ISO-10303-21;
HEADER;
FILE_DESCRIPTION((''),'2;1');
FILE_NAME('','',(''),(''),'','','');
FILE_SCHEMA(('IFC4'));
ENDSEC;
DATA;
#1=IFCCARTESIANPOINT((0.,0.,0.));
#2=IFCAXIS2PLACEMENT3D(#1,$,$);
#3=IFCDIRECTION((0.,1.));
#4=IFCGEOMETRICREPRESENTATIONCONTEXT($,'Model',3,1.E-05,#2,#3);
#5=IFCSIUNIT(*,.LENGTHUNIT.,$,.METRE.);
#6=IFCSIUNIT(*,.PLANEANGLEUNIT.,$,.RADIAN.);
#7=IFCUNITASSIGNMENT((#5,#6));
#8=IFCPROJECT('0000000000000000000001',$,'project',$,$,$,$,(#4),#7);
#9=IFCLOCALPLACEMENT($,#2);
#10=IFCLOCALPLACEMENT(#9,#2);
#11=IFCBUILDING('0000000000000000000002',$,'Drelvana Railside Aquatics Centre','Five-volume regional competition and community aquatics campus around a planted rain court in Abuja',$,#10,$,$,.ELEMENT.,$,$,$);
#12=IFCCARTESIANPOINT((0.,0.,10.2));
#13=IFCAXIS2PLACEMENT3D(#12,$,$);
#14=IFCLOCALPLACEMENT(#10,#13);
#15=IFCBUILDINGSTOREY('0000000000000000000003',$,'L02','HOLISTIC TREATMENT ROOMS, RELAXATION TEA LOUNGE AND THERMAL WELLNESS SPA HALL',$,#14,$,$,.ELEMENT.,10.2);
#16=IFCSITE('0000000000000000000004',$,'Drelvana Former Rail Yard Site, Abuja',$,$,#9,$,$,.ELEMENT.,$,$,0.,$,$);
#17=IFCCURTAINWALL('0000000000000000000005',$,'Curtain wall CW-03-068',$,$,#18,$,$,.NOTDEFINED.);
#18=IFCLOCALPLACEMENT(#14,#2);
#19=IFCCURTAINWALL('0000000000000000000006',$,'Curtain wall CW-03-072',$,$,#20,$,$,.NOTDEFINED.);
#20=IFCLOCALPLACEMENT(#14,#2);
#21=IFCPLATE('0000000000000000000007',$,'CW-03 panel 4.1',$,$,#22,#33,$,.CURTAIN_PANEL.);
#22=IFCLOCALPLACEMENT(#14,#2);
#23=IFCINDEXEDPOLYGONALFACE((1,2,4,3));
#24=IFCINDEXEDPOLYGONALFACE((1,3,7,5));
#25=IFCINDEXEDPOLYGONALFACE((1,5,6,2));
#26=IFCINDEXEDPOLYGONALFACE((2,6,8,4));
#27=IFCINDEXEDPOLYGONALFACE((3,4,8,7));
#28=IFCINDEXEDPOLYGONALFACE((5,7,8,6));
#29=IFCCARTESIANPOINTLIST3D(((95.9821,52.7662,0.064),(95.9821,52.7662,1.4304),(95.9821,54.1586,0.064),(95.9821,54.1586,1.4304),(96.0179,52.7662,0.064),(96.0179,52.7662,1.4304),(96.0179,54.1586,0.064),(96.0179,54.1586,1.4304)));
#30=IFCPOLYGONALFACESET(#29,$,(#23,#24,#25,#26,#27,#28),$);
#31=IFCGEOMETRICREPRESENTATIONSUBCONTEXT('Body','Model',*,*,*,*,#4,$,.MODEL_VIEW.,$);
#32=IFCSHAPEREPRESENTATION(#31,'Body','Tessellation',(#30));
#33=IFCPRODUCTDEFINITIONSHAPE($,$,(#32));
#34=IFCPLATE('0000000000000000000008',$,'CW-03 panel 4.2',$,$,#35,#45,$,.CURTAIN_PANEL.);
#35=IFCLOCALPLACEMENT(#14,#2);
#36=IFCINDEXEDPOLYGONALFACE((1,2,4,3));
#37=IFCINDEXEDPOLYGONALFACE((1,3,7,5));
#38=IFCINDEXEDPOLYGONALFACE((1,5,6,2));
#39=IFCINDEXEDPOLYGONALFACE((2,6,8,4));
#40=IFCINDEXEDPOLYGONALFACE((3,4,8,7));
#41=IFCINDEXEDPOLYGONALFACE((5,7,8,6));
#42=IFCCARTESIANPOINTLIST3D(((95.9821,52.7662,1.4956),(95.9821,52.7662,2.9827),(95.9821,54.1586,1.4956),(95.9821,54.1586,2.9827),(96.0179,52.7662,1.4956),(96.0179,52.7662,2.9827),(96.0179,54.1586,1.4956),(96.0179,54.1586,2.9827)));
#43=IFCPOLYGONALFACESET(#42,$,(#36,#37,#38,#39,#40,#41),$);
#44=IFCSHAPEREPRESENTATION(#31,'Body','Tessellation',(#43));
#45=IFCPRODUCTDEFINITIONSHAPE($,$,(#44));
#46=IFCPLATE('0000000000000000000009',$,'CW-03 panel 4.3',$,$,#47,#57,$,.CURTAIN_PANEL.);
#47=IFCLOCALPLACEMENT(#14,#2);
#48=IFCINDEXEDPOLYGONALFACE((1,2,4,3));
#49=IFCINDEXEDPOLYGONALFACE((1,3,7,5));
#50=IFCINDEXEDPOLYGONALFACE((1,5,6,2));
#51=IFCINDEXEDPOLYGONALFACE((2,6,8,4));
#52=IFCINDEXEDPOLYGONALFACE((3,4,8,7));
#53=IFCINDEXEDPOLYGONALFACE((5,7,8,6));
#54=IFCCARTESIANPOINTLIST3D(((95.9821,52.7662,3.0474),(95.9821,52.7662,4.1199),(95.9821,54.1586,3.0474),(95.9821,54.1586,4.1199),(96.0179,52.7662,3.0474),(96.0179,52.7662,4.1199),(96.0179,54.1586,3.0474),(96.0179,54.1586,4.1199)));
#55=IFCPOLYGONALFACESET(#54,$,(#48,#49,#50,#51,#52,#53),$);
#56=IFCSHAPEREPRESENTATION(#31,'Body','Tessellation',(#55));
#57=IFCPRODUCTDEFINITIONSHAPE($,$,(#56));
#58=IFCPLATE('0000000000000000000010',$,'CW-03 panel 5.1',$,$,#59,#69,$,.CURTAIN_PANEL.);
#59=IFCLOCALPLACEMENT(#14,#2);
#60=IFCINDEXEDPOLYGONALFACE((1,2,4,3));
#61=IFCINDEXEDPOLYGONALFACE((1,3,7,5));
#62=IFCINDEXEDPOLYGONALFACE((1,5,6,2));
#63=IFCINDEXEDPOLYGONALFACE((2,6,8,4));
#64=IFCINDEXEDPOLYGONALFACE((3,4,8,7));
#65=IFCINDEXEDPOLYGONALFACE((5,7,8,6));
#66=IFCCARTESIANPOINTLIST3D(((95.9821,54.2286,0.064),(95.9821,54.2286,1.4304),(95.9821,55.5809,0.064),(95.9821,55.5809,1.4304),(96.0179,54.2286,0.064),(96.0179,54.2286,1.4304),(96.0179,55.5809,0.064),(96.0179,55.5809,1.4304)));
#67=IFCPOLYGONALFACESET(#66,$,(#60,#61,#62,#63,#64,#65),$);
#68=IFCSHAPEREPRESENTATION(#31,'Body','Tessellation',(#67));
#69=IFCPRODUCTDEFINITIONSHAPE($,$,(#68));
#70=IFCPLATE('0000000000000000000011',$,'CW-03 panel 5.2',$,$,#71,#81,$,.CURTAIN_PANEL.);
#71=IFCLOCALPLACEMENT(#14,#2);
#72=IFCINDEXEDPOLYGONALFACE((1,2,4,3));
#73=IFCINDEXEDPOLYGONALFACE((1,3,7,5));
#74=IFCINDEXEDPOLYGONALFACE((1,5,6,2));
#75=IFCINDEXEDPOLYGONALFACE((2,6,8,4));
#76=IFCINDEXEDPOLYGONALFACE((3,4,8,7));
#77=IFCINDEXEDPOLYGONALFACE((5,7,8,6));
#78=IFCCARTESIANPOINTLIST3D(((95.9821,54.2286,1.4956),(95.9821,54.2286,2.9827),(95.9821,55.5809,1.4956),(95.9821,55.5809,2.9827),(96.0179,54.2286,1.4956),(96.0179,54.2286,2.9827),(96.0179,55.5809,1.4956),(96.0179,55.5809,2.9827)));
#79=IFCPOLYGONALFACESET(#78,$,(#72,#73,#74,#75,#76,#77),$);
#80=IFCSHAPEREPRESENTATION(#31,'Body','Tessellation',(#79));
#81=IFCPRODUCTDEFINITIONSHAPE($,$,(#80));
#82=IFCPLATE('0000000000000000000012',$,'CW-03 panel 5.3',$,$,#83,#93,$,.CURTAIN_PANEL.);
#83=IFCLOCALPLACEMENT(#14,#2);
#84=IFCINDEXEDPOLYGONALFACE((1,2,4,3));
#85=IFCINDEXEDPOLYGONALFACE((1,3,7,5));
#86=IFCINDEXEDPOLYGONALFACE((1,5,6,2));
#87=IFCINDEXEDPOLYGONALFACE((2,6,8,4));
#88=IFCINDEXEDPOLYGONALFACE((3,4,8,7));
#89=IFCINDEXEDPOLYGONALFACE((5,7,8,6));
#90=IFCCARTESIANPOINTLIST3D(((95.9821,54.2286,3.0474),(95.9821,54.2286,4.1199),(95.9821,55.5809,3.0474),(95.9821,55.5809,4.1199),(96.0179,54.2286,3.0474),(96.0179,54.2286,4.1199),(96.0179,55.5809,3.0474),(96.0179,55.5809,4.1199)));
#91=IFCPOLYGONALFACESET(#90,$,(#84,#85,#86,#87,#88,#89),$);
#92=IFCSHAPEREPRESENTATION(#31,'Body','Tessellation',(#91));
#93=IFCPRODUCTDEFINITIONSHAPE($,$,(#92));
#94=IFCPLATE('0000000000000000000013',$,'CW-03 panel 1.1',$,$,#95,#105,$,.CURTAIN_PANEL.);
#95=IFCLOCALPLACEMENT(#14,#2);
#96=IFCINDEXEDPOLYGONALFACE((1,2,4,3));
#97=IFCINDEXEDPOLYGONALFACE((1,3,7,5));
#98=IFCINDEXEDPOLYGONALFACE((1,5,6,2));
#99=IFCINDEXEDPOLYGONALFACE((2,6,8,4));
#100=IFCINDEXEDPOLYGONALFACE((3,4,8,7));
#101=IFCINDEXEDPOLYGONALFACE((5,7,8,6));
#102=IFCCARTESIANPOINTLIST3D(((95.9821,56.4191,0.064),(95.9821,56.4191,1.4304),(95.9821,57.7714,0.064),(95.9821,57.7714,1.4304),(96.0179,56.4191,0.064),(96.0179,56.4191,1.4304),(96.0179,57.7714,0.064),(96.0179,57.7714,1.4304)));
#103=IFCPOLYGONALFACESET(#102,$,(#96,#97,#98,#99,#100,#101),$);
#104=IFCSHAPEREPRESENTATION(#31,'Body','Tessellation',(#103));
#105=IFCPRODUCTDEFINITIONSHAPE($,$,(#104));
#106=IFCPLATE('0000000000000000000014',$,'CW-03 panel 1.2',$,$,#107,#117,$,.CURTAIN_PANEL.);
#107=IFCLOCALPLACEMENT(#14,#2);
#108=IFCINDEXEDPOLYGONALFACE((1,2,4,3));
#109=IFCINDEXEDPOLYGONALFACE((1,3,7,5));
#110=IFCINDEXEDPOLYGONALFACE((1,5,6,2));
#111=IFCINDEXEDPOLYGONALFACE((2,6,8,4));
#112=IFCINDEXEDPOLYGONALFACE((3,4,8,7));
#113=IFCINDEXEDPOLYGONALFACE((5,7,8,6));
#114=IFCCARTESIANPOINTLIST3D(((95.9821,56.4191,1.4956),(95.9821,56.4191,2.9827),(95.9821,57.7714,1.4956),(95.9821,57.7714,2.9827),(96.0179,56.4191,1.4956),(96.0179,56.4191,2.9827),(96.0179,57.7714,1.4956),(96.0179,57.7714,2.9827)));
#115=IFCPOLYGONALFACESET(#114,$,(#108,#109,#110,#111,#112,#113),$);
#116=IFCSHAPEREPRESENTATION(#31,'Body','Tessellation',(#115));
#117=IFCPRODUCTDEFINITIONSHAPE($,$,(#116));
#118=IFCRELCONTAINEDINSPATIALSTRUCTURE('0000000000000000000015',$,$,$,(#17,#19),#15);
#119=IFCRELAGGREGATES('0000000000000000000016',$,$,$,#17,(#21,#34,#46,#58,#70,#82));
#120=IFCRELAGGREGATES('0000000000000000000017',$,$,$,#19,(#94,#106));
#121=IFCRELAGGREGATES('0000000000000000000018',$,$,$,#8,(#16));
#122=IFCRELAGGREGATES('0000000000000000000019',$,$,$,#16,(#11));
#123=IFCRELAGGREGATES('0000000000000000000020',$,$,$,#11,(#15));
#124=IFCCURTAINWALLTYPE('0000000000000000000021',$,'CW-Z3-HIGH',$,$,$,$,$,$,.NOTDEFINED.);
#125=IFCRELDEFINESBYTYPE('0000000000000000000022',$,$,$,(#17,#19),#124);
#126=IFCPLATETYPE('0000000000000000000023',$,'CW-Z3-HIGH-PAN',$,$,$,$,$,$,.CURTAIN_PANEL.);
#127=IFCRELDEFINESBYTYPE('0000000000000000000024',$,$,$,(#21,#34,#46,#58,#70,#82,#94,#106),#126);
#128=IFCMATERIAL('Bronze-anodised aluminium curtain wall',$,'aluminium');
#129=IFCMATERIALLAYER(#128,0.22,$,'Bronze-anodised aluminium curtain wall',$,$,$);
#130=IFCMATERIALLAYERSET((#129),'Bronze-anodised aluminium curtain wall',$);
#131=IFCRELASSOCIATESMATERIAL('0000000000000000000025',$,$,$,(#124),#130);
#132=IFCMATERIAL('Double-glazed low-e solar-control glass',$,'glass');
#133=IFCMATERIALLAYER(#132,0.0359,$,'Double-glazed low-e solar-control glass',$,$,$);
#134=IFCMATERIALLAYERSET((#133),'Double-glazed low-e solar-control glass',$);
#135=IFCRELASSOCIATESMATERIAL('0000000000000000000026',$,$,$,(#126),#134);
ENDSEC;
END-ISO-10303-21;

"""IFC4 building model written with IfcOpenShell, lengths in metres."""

from ifc_helpers import new_model, si_unit, direction, frame, origin, origin_2d, place, context, subcontext, project, spatial, rectangle, extrude, material, layer, layer_set, type_object, element, aggregate, save


model = new_model("IFC4")

# Units and contexts
model_context = context("Model", 3, precision=1e-05, world=origin(), true_north=direction((0.0, 1.0)))
body_context = subcontext(model_context, "Body", "Model", "MODEL_VIEW")
ifc_project = project(units=[si_unit("LENGTHUNIT", "METRE"), si_unit("PLANEANGLEUNIT", "RADIAN")], contexts=[model_context])

# Site, building, storey
site_placement = place(None, origin())
site = spatial("IfcSite", under=ifc_project, at=site_placement, Name="Drelvana Former Rail Yard Site, Abuja", CompositionType="ELEMENT", RefElevation=0.0)
building_placement = place(site_placement, origin())
building = spatial("IfcBuilding", under=site, at=building_placement, Name="Drelvana Railside Aquatics Centre", Description="Five-volume regional competition and community aquatics campus around a planted rain court in Abuja", CompositionType="ELEMENT")
storey_placement = place(building_placement, frame((0.0, 0.0, 10.2)))
storey = spatial("IfcBuildingStorey", under=building, at=storey_placement, Name="L02", Description="HOLISTIC TREATMENT ROOMS, RELAXATION TEA LOUNGE AND THERMAL WELLNESS SPA HALL", CompositionType="ELEMENT", Elevation=10.2)

# Curtain wall
ifc_material_1 = material(Name="Bronze-anodised aluminium curtain wall", Category="aluminium")
ifc_layer_1 = layer(ifc_material_1, 0.22, Name="Bronze-anodised aluminium curtain wall")
ifc_layer_set_1 = layer_set([ifc_layer_1], Name="Bronze-anodised aluminium curtain wall")
curtain_wall_type = type_object("IfcCurtainWallType", Name="CW-Z3-HIGH", PredefinedType="NOTDEFINED", material=ifc_layer_set_1)
curtain_wall_1_placement = place(storey_placement, origin())
curtain_wall_1 = element("IfcCurtainWall", 1, at=curtain_wall_1_placement, inside=storey, type_object=curtain_wall_type, Name="Curtain wall CW-03-068", PredefinedType="NOTDEFINED")

# Curtain wall
curtain_wall_2_placement = place(storey_placement, origin())
curtain_wall_2 = element("IfcCurtainWall", 2, at=curtain_wall_2_placement, inside=storey, type_object=curtain_wall_type, Name="Curtain wall CW-03-072", PredefinedType="NOTDEFINED")

# Plates
ifc_material_2 = material(Name="Double-glazed low-e solar-control glass", Category="glass")
ifc_layer_2 = layer(ifc_material_2, 0.0359, Name="Double-glazed low-e solar-control glass")
ifc_layer_set_2 = layer_set([ifc_layer_2], Name="Double-glazed low-e solar-control glass")
plate_type = type_object("IfcPlateType", Name="CW-Z3-HIGH-PAN", PredefinedType="CURTAIN_PANEL", material=ifc_layer_set_2)
plate_1_placement = place(storey_placement, frame((96.0, 53.4624, 0.064), z_axis=(0.0, 0.0, 1.0), x_axis=(0.0, 1.0, 0.0)))
plate_1 = element("IfcPlate", 3, at=plate_1_placement, type_object=plate_type, Name="CW-03 panel 4.1", PredefinedType="CURTAIN_PANEL", context=body_context, shape_type="SweptSolid", body=[
    extrude(rectangle(XDim=1.3923, YDim=0.0359, at=origin_2d()), origin(), (0.0, 0.0, 1.0), 1.3665),
])
plate_2_placement = place(storey_placement, frame((96.0, 53.4624, 1.4956), z_axis=(0.0, 0.0, 1.0), x_axis=(0.0, 1.0, 0.0)))
plate_2 = element("IfcPlate", 4, at=plate_2_placement, type_object=plate_type, Name="CW-03 panel 4.2", PredefinedType="CURTAIN_PANEL", context=body_context, shape_type="SweptSolid", body=[
    extrude(rectangle(XDim=1.3923, YDim=0.0359, at=origin_2d()), origin(), (0.0, 0.0, 1.0), 1.4871),
])
plate_3_placement = place(storey_placement, frame((96.0, 53.4624, 3.0474), z_axis=(0.0, 0.0, 1.0), x_axis=(0.0, 1.0, 0.0)))
plate_3 = element("IfcPlate", 5, at=plate_3_placement, type_object=plate_type, Name="CW-03 panel 4.3", PredefinedType="CURTAIN_PANEL", context=body_context, shape_type="SweptSolid", body=[
    extrude(rectangle(XDim=1.3923, YDim=0.0359, at=origin_2d()), origin(), (0.0, 0.0, 1.0), 1.0725),
])
plate_4_placement = place(storey_placement, frame((96.0, 54.9048, 0.064), z_axis=(0.0, 0.0, 1.0), x_axis=(0.0, 1.0, 0.0)))
plate_4 = element("IfcPlate", 6, at=plate_4_placement, type_object=plate_type, Name="CW-03 panel 5.1", PredefinedType="CURTAIN_PANEL", context=body_context, shape_type="SweptSolid", body=[
    extrude(rectangle(XDim=1.3523, YDim=0.0359, at=origin_2d()), origin(), (0.0, 0.0, 1.0), 1.3665),
])
plate_5_placement = place(storey_placement, frame((96.0, 54.9048, 1.4956), z_axis=(0.0, 0.0, 1.0), x_axis=(0.0, 1.0, 0.0)))
plate_5 = element("IfcPlate", 7, at=plate_5_placement, type_object=plate_type, Name="CW-03 panel 5.2", PredefinedType="CURTAIN_PANEL", context=body_context, shape_type="SweptSolid", body=[
    extrude(rectangle(XDim=1.3523, YDim=0.0359, at=origin_2d()), origin(), (0.0, 0.0, 1.0), 1.4871),
])
plate_6_placement = place(storey_placement, frame((96.0, 54.9048, 3.0474), z_axis=(0.0, 0.0, 1.0), x_axis=(0.0, 1.0, 0.0)))
plate_6 = element("IfcPlate", 8, at=plate_6_placement, type_object=plate_type, Name="CW-03 panel 5.3", PredefinedType="CURTAIN_PANEL", context=body_context, shape_type="SweptSolid", body=[
    extrude(rectangle(XDim=1.3523, YDim=0.0359, at=origin_2d()), origin(), (0.0, 0.0, 1.0), 1.0725),
])
aggregate(curtain_wall_1, [plate_1, plate_2, plate_3, plate_4, plate_5, plate_6])
plate_7_placement = place(storey_placement, frame((96.0, 57.0952, 0.064), z_axis=(0.0, 0.0, 1.0), x_axis=(0.0, 1.0, 0.0)))
plate_7 = element("IfcPlate", 9, at=plate_7_placement, type_object=plate_type, Name="CW-03 panel 1.1", PredefinedType="CURTAIN_PANEL", context=body_context, shape_type="SweptSolid", body=[
    extrude(rectangle(XDim=1.3523, YDim=0.0359, at=origin_2d()), origin(), (0.0, 0.0, 1.0), 1.3665),
])
plate_8_placement = place(storey_placement, frame((96.0, 57.0952, 1.4956), z_axis=(0.0, 0.0, 1.0), x_axis=(0.0, 1.0, 0.0)))
plate_8 = element("IfcPlate", 10, at=plate_8_placement, type_object=plate_type, Name="CW-03 panel 1.2", PredefinedType="CURTAIN_PANEL", context=body_context, shape_type="SweptSolid", body=[
    extrude(rectangle(XDim=1.3523, YDim=0.0359, at=origin_2d()), origin(), (0.0, 0.0, 1.0), 1.4871),
])
aggregate(curtain_wall_2, [plate_7, plate_8])

save(model, "model.ifc")
